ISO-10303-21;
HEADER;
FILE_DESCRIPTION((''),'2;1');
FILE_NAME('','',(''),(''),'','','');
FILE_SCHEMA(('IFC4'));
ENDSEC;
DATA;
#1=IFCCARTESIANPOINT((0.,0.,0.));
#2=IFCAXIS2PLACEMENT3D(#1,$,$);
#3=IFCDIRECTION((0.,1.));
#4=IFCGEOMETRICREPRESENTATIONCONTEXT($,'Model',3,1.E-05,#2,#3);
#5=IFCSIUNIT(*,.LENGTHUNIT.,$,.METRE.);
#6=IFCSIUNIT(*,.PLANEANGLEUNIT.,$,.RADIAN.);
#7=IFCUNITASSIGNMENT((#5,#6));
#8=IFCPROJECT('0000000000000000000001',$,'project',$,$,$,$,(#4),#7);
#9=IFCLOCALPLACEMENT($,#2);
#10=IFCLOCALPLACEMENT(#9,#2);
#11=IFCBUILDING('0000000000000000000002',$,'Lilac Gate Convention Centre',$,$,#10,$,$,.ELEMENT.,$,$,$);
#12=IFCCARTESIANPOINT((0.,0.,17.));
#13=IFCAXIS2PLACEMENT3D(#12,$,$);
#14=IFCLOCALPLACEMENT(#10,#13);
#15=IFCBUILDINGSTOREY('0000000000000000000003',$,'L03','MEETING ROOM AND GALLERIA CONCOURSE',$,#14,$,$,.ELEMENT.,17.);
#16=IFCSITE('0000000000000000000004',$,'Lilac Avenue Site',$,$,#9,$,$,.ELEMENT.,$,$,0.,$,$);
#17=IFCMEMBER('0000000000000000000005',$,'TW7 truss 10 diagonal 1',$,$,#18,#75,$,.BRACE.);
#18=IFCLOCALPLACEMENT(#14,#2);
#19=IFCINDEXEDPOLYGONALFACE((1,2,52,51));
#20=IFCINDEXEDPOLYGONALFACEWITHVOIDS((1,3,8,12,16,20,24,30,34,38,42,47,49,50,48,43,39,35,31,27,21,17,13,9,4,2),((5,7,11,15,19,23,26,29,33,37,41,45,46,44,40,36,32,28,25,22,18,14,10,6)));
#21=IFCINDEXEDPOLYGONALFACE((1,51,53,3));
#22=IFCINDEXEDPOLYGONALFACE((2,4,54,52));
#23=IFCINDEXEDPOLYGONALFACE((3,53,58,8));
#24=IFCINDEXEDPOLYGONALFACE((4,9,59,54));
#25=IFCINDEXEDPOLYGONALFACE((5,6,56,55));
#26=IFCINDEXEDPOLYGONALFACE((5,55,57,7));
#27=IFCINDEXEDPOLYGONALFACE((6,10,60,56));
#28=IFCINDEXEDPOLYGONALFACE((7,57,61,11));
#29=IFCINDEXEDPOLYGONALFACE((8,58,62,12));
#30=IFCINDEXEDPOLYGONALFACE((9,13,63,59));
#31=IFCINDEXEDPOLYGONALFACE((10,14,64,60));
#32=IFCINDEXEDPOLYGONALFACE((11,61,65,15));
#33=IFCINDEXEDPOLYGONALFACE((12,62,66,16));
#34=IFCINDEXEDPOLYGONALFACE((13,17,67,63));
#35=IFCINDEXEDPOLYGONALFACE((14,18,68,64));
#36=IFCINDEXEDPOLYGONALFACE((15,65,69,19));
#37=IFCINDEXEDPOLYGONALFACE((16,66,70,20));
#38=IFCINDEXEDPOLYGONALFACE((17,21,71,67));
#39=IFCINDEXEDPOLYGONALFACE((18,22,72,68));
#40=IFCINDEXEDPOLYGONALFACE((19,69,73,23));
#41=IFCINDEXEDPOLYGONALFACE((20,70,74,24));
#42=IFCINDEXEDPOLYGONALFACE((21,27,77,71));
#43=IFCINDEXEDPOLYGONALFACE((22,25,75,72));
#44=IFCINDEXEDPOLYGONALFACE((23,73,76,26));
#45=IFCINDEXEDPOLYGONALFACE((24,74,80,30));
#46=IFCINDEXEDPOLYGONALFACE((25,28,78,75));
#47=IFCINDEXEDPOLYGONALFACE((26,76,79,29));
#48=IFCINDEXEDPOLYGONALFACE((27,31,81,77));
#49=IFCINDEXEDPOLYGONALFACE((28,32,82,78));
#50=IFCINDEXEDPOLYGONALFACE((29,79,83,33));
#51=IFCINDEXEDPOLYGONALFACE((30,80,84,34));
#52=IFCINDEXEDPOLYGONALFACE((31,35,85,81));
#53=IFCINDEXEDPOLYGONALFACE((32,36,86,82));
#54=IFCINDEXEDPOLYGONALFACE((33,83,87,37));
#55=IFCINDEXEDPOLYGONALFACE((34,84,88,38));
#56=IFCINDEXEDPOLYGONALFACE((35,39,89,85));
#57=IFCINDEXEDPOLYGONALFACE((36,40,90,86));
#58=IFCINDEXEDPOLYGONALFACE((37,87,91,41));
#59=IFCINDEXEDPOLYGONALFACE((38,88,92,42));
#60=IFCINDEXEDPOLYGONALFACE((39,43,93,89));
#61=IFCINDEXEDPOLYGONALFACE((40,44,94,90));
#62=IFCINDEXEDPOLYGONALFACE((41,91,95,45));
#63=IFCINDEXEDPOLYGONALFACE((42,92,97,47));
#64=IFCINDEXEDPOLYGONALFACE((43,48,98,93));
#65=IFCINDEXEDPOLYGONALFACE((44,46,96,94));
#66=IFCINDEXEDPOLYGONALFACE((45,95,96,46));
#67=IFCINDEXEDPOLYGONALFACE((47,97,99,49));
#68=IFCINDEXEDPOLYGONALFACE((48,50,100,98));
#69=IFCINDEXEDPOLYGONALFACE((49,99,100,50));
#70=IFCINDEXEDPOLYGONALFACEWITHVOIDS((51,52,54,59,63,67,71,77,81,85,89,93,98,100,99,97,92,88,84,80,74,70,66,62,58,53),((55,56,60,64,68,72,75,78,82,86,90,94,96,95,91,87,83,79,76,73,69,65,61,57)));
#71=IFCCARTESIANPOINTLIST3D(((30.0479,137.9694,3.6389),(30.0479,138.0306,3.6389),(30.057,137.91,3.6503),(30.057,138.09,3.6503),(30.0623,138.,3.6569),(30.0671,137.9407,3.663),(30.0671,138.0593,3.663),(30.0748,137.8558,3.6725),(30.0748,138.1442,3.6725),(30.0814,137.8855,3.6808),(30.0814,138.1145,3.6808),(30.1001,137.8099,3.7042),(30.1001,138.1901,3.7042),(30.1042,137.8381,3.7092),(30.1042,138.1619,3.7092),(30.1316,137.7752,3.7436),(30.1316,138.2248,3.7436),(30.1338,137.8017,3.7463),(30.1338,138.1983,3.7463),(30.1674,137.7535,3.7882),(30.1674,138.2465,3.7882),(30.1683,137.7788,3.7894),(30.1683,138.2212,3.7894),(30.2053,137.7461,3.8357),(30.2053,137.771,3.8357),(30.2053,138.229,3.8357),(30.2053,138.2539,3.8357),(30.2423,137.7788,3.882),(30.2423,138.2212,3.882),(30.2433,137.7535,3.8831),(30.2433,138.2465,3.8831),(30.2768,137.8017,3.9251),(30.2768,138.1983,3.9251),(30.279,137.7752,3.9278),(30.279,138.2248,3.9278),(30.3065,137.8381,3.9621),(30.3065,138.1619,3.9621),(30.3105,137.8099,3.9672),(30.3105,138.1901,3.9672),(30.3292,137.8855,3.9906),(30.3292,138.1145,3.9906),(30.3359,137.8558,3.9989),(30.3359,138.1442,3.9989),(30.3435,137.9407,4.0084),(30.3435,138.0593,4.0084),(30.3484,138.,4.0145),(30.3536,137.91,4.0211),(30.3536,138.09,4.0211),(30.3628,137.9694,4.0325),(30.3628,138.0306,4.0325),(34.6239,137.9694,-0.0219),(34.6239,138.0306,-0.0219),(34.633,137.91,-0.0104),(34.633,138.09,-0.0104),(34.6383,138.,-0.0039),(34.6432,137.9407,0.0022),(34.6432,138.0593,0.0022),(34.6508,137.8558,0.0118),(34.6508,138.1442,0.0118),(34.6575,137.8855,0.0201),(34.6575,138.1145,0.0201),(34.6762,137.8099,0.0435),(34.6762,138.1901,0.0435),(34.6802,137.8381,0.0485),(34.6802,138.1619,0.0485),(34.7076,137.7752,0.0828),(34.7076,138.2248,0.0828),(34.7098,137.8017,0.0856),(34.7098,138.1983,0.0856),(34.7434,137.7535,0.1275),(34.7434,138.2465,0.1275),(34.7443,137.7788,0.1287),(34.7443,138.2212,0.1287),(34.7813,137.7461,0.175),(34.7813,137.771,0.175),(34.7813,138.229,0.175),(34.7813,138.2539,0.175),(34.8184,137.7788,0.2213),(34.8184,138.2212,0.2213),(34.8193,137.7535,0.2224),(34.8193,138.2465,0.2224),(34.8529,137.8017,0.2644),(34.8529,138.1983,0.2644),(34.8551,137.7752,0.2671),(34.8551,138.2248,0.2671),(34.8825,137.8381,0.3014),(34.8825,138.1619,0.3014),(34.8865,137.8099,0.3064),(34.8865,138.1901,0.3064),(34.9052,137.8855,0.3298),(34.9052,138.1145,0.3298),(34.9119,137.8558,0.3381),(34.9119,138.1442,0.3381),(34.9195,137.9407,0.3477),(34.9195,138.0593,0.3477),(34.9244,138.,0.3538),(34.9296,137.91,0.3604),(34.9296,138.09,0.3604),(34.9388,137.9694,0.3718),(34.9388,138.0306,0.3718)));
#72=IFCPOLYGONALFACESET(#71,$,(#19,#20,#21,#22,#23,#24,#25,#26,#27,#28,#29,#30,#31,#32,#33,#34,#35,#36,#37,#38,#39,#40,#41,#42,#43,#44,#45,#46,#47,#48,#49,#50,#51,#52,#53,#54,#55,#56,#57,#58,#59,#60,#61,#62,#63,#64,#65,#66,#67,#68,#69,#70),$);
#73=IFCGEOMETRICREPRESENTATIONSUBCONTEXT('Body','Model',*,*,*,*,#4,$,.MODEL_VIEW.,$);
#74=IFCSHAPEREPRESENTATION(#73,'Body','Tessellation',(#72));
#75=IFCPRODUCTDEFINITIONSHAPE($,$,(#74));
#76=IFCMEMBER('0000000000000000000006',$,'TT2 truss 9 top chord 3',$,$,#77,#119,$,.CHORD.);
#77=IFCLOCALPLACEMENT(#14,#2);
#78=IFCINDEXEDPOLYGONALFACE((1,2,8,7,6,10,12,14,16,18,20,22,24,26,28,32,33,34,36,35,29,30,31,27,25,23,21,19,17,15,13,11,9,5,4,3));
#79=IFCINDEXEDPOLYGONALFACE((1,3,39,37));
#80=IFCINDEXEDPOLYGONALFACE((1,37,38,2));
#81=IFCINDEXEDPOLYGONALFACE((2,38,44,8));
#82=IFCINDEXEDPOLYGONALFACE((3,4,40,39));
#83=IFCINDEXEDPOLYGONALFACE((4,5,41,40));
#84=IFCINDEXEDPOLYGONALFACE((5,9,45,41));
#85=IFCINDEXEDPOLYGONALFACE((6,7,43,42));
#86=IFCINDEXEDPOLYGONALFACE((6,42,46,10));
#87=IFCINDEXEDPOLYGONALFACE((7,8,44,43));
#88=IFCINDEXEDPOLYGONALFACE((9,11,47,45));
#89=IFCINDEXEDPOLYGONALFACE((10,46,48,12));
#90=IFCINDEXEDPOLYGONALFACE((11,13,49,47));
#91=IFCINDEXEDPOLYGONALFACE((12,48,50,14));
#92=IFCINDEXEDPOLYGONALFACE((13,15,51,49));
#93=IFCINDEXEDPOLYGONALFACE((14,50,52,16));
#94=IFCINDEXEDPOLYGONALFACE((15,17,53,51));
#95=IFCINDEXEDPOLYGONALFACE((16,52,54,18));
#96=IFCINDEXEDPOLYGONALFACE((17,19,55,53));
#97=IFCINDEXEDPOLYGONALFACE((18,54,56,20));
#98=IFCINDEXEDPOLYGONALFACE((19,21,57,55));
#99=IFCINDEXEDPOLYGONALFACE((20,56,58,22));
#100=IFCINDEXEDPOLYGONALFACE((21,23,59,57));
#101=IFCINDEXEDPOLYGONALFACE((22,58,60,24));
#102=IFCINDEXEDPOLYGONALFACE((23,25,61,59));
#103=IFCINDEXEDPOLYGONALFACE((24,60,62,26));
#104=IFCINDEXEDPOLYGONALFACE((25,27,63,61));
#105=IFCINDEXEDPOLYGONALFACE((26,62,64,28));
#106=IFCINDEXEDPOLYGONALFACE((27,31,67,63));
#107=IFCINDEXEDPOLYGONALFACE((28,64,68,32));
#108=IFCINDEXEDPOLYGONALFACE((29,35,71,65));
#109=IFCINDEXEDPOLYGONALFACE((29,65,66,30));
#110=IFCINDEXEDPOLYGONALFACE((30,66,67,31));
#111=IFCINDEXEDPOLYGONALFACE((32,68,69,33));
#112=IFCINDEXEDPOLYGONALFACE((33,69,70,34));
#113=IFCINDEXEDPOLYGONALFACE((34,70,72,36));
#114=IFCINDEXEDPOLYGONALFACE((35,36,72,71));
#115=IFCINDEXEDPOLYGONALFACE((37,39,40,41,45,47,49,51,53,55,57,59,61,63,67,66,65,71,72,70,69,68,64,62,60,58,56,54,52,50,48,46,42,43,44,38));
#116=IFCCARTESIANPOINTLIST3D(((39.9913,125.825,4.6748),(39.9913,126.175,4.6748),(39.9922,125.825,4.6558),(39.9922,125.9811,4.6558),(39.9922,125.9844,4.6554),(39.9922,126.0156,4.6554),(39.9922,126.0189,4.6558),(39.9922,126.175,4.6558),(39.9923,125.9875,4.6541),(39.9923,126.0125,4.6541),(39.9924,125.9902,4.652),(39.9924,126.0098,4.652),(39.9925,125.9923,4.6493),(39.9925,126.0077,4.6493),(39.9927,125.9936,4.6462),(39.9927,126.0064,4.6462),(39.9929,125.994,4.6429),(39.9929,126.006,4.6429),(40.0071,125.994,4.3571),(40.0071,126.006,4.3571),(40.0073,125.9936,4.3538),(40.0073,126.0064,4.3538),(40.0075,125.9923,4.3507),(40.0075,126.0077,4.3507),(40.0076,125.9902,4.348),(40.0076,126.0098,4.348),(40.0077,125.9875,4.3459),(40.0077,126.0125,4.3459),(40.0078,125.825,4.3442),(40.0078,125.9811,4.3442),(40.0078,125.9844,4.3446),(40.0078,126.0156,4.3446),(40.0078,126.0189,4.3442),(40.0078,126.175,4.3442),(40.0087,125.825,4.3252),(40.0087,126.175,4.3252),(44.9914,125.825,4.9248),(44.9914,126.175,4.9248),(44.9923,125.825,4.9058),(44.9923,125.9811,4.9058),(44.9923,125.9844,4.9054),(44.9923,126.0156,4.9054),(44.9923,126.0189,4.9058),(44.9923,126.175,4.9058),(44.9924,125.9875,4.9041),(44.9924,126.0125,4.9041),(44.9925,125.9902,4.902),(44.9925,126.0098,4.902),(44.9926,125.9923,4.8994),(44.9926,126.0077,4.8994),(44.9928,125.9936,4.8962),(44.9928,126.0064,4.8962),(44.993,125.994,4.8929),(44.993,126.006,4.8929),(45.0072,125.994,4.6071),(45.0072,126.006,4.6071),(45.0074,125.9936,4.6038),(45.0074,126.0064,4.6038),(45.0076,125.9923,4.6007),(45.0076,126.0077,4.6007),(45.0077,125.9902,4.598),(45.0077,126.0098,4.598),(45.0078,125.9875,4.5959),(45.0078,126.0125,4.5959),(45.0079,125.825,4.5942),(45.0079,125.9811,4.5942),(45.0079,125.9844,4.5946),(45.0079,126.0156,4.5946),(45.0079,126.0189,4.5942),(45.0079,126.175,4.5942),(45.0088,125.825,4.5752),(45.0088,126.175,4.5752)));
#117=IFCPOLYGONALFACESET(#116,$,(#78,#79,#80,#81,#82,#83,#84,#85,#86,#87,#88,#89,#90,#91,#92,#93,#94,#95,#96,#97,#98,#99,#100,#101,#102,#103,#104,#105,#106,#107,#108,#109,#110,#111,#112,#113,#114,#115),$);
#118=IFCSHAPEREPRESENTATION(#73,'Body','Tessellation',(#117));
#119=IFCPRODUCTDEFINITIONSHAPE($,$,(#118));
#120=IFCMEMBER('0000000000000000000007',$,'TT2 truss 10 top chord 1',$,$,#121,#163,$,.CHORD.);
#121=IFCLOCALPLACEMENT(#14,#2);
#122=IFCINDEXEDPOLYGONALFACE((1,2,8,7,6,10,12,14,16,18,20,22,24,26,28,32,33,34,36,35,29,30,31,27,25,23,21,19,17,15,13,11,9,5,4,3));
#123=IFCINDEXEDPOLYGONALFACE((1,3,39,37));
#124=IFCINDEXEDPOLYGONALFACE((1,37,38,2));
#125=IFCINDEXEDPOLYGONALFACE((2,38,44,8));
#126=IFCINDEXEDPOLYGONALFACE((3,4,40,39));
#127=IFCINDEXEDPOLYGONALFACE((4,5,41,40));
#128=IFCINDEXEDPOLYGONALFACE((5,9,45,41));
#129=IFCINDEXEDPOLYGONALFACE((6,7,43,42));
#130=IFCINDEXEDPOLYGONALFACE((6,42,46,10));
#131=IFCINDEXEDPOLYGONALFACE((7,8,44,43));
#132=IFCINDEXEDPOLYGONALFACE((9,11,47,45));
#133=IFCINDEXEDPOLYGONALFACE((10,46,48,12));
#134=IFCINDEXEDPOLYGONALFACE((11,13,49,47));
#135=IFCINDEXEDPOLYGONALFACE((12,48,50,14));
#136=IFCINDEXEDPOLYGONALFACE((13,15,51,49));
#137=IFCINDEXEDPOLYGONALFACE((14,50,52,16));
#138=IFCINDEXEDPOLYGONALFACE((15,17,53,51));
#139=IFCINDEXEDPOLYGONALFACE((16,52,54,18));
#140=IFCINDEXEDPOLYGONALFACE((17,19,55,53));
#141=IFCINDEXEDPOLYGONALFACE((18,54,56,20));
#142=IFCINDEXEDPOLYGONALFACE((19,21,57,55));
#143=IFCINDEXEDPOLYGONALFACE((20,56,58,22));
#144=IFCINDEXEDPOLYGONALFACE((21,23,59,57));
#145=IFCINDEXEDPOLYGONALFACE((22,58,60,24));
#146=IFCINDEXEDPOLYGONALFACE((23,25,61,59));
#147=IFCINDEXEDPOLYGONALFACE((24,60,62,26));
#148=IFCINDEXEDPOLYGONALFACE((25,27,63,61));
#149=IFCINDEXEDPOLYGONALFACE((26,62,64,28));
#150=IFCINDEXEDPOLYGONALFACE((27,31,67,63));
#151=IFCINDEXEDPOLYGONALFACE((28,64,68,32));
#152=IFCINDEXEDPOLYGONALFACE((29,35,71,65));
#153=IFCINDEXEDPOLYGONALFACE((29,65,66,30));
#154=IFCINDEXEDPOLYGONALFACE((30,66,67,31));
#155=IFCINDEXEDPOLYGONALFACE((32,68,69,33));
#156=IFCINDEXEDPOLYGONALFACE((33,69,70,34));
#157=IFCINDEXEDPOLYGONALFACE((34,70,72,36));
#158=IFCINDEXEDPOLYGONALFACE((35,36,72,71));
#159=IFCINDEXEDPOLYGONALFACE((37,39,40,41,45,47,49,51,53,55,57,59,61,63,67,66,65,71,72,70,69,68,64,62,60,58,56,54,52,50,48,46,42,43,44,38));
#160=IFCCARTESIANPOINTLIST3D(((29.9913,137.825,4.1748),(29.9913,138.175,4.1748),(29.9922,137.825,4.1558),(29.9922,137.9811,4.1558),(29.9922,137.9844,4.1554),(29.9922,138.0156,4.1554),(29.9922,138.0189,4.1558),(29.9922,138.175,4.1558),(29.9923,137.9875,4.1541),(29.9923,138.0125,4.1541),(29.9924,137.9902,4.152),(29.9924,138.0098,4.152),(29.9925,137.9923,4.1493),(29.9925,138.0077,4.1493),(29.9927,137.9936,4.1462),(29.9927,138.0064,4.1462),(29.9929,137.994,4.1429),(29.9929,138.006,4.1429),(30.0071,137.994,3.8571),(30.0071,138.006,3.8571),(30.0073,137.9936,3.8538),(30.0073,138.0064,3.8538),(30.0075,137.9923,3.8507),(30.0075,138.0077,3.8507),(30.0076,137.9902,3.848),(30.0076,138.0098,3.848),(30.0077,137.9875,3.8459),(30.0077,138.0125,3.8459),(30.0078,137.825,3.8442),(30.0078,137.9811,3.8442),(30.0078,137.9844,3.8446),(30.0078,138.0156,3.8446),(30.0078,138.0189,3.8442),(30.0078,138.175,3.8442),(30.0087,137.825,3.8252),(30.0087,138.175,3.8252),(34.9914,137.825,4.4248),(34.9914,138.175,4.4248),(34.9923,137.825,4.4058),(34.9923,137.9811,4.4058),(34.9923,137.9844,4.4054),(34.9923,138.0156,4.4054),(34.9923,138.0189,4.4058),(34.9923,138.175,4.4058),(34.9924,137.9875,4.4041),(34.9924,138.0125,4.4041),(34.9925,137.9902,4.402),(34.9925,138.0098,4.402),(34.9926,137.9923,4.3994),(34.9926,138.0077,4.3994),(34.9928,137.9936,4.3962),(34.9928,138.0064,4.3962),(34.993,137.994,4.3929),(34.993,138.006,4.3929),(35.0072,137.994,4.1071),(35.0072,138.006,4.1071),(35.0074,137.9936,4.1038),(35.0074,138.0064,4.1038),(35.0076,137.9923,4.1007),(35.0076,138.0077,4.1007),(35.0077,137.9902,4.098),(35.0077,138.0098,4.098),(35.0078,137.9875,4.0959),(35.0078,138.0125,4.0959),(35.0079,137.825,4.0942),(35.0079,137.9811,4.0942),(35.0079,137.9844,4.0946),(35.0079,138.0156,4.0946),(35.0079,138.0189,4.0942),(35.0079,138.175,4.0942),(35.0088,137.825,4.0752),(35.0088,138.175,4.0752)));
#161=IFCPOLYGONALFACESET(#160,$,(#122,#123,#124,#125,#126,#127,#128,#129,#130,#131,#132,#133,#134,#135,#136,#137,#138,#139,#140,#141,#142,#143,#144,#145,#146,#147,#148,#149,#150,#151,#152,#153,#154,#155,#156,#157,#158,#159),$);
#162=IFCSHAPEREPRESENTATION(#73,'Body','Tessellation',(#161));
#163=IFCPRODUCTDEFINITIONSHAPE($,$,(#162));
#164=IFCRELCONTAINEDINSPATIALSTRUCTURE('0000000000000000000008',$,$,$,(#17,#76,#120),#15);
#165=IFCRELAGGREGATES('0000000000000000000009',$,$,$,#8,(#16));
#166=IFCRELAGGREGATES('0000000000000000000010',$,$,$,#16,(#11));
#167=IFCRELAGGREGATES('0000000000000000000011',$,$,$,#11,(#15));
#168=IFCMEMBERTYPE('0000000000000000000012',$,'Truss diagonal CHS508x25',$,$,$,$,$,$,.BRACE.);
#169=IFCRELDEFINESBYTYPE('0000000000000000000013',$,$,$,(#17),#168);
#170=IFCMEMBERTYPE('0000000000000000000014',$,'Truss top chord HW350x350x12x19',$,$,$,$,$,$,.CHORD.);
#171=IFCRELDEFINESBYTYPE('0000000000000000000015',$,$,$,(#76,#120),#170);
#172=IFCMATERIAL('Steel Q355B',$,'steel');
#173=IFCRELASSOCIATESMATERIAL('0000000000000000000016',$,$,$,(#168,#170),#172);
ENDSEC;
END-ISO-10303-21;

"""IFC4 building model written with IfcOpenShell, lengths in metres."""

from ifc_helpers import new_model, si_unit, direction, frame, origin, origin_2d, place, context, subcontext, project, spatial, hollow_circle, i_section, extrude, material, material_profile, profile_set, type_object, element, save


model = new_model("IFC4")

# Units and contexts
model_context = context("Model", 3, precision=1e-05, world=origin(), true_north=direction((0.0, 1.0)))
body_context = subcontext(model_context, "Body", "Model", "MODEL_VIEW")
ifc_project = project(units=[si_unit("LENGTHUNIT", "METRE"), si_unit("PLANEANGLEUNIT", "RADIAN")], contexts=[model_context])

# Site, building, storey
site_placement = place(None, origin())
site = spatial("IfcSite", under=ifc_project, at=site_placement, Name="Lilac Avenue Site", CompositionType="ELEMENT", RefElevation=0.0)
building_placement = place(site_placement, origin())
building = spatial("IfcBuilding", under=site, at=building_placement, Name="Lilac Gate Convention Centre", CompositionType="ELEMENT")
storey_placement = place(building_placement, frame((0.0, 0.0, 17.0)))
storey = spatial("IfcBuildingStorey", under=building, at=storey_placement, Name="L03", Description="MEETING ROOM AND GALLERIA CONCOURSE", CompositionType="ELEMENT", Elevation=17.0)

# Members
ifc_material = material(Name="Steel Q355B", Category="steel")
ifc_material_profile_1 = material_profile(ifc_material, hollow_circle(Radius=0.2539, WallThickness=0.0249, at=origin_2d()), Name="CHS508x25")
ifc_profile_set_1 = profile_set([ifc_material_profile_1], Name="Steel Q355B")
member_type_1 = type_object("IfcMemberType", Name="Truss diagonal CHS508x25", PredefinedType="BRACE", material=ifc_profile_set_1)
member_1_placement = place(storey_placement, frame((30.2053, 138.0, 3.8357), z_axis=(0.780877, 0.0, -0.624685), x_axis=(0.0, 1.0, 0.0)))
element("IfcMember", 1, at=member_1_placement, inside=storey, type_object=member_type_1, Name="TW7 truss 10 diagonal 1", PredefinedType="BRACE", context=body_context, shape_type="SweptSolid", body=[
    extrude(hollow_circle(Radius=0.2539, WallThickness=0.0249, at=origin_2d()), origin(), (0.0, 0.0, 1.0), 5.8601),
])
ifc_material_profile_2 = material_profile(ifc_material, i_section(OverallWidth=0.3501, OverallDepth=0.3501, WebThickness=0.012, FlangeThickness=0.019, FilletRadius=0.0129, at=origin_2d()), Name="HW350x350x12x19")
ifc_profile_set_2 = profile_set([ifc_material_profile_2], Name="Steel Q355B")
member_type_2 = type_object("IfcMemberType", Name="Truss top chord HW350x350x12x19", PredefinedType="CHORD", material=ifc_profile_set_2)
for number, where, z_axis, x_axis, name in (
    (2, (40.0, 126.0, 4.5), (0.998752, 0.0, 0.049938), (0.0, 1.0, 0.0), "TT2 truss 9 top chord 3"),
    (3, (30.0, 138.0, 4.0), (0.998752, 0.0, 0.049938), (0.0, 1.0, 0.0), "TT2 truss 10 top chord 1"),
):
    element("IfcMember", number, at=place(storey_placement, frame(where, z_axis=z_axis, x_axis=x_axis)), inside=storey, type_object=member_type_2, Name=name, PredefinedType="CHORD", context=body_context, shape_type="SweptSolid", body=[
        extrude(i_section(OverallWidth=0.3501, OverallDepth=0.3501, WebThickness=0.012, FlangeThickness=0.019, FilletRadius=0.0129, at=origin_2d()), origin(), (0.0, 0.0, 1.0), 5.0063),
    ])

save(model, "model.ifc")
